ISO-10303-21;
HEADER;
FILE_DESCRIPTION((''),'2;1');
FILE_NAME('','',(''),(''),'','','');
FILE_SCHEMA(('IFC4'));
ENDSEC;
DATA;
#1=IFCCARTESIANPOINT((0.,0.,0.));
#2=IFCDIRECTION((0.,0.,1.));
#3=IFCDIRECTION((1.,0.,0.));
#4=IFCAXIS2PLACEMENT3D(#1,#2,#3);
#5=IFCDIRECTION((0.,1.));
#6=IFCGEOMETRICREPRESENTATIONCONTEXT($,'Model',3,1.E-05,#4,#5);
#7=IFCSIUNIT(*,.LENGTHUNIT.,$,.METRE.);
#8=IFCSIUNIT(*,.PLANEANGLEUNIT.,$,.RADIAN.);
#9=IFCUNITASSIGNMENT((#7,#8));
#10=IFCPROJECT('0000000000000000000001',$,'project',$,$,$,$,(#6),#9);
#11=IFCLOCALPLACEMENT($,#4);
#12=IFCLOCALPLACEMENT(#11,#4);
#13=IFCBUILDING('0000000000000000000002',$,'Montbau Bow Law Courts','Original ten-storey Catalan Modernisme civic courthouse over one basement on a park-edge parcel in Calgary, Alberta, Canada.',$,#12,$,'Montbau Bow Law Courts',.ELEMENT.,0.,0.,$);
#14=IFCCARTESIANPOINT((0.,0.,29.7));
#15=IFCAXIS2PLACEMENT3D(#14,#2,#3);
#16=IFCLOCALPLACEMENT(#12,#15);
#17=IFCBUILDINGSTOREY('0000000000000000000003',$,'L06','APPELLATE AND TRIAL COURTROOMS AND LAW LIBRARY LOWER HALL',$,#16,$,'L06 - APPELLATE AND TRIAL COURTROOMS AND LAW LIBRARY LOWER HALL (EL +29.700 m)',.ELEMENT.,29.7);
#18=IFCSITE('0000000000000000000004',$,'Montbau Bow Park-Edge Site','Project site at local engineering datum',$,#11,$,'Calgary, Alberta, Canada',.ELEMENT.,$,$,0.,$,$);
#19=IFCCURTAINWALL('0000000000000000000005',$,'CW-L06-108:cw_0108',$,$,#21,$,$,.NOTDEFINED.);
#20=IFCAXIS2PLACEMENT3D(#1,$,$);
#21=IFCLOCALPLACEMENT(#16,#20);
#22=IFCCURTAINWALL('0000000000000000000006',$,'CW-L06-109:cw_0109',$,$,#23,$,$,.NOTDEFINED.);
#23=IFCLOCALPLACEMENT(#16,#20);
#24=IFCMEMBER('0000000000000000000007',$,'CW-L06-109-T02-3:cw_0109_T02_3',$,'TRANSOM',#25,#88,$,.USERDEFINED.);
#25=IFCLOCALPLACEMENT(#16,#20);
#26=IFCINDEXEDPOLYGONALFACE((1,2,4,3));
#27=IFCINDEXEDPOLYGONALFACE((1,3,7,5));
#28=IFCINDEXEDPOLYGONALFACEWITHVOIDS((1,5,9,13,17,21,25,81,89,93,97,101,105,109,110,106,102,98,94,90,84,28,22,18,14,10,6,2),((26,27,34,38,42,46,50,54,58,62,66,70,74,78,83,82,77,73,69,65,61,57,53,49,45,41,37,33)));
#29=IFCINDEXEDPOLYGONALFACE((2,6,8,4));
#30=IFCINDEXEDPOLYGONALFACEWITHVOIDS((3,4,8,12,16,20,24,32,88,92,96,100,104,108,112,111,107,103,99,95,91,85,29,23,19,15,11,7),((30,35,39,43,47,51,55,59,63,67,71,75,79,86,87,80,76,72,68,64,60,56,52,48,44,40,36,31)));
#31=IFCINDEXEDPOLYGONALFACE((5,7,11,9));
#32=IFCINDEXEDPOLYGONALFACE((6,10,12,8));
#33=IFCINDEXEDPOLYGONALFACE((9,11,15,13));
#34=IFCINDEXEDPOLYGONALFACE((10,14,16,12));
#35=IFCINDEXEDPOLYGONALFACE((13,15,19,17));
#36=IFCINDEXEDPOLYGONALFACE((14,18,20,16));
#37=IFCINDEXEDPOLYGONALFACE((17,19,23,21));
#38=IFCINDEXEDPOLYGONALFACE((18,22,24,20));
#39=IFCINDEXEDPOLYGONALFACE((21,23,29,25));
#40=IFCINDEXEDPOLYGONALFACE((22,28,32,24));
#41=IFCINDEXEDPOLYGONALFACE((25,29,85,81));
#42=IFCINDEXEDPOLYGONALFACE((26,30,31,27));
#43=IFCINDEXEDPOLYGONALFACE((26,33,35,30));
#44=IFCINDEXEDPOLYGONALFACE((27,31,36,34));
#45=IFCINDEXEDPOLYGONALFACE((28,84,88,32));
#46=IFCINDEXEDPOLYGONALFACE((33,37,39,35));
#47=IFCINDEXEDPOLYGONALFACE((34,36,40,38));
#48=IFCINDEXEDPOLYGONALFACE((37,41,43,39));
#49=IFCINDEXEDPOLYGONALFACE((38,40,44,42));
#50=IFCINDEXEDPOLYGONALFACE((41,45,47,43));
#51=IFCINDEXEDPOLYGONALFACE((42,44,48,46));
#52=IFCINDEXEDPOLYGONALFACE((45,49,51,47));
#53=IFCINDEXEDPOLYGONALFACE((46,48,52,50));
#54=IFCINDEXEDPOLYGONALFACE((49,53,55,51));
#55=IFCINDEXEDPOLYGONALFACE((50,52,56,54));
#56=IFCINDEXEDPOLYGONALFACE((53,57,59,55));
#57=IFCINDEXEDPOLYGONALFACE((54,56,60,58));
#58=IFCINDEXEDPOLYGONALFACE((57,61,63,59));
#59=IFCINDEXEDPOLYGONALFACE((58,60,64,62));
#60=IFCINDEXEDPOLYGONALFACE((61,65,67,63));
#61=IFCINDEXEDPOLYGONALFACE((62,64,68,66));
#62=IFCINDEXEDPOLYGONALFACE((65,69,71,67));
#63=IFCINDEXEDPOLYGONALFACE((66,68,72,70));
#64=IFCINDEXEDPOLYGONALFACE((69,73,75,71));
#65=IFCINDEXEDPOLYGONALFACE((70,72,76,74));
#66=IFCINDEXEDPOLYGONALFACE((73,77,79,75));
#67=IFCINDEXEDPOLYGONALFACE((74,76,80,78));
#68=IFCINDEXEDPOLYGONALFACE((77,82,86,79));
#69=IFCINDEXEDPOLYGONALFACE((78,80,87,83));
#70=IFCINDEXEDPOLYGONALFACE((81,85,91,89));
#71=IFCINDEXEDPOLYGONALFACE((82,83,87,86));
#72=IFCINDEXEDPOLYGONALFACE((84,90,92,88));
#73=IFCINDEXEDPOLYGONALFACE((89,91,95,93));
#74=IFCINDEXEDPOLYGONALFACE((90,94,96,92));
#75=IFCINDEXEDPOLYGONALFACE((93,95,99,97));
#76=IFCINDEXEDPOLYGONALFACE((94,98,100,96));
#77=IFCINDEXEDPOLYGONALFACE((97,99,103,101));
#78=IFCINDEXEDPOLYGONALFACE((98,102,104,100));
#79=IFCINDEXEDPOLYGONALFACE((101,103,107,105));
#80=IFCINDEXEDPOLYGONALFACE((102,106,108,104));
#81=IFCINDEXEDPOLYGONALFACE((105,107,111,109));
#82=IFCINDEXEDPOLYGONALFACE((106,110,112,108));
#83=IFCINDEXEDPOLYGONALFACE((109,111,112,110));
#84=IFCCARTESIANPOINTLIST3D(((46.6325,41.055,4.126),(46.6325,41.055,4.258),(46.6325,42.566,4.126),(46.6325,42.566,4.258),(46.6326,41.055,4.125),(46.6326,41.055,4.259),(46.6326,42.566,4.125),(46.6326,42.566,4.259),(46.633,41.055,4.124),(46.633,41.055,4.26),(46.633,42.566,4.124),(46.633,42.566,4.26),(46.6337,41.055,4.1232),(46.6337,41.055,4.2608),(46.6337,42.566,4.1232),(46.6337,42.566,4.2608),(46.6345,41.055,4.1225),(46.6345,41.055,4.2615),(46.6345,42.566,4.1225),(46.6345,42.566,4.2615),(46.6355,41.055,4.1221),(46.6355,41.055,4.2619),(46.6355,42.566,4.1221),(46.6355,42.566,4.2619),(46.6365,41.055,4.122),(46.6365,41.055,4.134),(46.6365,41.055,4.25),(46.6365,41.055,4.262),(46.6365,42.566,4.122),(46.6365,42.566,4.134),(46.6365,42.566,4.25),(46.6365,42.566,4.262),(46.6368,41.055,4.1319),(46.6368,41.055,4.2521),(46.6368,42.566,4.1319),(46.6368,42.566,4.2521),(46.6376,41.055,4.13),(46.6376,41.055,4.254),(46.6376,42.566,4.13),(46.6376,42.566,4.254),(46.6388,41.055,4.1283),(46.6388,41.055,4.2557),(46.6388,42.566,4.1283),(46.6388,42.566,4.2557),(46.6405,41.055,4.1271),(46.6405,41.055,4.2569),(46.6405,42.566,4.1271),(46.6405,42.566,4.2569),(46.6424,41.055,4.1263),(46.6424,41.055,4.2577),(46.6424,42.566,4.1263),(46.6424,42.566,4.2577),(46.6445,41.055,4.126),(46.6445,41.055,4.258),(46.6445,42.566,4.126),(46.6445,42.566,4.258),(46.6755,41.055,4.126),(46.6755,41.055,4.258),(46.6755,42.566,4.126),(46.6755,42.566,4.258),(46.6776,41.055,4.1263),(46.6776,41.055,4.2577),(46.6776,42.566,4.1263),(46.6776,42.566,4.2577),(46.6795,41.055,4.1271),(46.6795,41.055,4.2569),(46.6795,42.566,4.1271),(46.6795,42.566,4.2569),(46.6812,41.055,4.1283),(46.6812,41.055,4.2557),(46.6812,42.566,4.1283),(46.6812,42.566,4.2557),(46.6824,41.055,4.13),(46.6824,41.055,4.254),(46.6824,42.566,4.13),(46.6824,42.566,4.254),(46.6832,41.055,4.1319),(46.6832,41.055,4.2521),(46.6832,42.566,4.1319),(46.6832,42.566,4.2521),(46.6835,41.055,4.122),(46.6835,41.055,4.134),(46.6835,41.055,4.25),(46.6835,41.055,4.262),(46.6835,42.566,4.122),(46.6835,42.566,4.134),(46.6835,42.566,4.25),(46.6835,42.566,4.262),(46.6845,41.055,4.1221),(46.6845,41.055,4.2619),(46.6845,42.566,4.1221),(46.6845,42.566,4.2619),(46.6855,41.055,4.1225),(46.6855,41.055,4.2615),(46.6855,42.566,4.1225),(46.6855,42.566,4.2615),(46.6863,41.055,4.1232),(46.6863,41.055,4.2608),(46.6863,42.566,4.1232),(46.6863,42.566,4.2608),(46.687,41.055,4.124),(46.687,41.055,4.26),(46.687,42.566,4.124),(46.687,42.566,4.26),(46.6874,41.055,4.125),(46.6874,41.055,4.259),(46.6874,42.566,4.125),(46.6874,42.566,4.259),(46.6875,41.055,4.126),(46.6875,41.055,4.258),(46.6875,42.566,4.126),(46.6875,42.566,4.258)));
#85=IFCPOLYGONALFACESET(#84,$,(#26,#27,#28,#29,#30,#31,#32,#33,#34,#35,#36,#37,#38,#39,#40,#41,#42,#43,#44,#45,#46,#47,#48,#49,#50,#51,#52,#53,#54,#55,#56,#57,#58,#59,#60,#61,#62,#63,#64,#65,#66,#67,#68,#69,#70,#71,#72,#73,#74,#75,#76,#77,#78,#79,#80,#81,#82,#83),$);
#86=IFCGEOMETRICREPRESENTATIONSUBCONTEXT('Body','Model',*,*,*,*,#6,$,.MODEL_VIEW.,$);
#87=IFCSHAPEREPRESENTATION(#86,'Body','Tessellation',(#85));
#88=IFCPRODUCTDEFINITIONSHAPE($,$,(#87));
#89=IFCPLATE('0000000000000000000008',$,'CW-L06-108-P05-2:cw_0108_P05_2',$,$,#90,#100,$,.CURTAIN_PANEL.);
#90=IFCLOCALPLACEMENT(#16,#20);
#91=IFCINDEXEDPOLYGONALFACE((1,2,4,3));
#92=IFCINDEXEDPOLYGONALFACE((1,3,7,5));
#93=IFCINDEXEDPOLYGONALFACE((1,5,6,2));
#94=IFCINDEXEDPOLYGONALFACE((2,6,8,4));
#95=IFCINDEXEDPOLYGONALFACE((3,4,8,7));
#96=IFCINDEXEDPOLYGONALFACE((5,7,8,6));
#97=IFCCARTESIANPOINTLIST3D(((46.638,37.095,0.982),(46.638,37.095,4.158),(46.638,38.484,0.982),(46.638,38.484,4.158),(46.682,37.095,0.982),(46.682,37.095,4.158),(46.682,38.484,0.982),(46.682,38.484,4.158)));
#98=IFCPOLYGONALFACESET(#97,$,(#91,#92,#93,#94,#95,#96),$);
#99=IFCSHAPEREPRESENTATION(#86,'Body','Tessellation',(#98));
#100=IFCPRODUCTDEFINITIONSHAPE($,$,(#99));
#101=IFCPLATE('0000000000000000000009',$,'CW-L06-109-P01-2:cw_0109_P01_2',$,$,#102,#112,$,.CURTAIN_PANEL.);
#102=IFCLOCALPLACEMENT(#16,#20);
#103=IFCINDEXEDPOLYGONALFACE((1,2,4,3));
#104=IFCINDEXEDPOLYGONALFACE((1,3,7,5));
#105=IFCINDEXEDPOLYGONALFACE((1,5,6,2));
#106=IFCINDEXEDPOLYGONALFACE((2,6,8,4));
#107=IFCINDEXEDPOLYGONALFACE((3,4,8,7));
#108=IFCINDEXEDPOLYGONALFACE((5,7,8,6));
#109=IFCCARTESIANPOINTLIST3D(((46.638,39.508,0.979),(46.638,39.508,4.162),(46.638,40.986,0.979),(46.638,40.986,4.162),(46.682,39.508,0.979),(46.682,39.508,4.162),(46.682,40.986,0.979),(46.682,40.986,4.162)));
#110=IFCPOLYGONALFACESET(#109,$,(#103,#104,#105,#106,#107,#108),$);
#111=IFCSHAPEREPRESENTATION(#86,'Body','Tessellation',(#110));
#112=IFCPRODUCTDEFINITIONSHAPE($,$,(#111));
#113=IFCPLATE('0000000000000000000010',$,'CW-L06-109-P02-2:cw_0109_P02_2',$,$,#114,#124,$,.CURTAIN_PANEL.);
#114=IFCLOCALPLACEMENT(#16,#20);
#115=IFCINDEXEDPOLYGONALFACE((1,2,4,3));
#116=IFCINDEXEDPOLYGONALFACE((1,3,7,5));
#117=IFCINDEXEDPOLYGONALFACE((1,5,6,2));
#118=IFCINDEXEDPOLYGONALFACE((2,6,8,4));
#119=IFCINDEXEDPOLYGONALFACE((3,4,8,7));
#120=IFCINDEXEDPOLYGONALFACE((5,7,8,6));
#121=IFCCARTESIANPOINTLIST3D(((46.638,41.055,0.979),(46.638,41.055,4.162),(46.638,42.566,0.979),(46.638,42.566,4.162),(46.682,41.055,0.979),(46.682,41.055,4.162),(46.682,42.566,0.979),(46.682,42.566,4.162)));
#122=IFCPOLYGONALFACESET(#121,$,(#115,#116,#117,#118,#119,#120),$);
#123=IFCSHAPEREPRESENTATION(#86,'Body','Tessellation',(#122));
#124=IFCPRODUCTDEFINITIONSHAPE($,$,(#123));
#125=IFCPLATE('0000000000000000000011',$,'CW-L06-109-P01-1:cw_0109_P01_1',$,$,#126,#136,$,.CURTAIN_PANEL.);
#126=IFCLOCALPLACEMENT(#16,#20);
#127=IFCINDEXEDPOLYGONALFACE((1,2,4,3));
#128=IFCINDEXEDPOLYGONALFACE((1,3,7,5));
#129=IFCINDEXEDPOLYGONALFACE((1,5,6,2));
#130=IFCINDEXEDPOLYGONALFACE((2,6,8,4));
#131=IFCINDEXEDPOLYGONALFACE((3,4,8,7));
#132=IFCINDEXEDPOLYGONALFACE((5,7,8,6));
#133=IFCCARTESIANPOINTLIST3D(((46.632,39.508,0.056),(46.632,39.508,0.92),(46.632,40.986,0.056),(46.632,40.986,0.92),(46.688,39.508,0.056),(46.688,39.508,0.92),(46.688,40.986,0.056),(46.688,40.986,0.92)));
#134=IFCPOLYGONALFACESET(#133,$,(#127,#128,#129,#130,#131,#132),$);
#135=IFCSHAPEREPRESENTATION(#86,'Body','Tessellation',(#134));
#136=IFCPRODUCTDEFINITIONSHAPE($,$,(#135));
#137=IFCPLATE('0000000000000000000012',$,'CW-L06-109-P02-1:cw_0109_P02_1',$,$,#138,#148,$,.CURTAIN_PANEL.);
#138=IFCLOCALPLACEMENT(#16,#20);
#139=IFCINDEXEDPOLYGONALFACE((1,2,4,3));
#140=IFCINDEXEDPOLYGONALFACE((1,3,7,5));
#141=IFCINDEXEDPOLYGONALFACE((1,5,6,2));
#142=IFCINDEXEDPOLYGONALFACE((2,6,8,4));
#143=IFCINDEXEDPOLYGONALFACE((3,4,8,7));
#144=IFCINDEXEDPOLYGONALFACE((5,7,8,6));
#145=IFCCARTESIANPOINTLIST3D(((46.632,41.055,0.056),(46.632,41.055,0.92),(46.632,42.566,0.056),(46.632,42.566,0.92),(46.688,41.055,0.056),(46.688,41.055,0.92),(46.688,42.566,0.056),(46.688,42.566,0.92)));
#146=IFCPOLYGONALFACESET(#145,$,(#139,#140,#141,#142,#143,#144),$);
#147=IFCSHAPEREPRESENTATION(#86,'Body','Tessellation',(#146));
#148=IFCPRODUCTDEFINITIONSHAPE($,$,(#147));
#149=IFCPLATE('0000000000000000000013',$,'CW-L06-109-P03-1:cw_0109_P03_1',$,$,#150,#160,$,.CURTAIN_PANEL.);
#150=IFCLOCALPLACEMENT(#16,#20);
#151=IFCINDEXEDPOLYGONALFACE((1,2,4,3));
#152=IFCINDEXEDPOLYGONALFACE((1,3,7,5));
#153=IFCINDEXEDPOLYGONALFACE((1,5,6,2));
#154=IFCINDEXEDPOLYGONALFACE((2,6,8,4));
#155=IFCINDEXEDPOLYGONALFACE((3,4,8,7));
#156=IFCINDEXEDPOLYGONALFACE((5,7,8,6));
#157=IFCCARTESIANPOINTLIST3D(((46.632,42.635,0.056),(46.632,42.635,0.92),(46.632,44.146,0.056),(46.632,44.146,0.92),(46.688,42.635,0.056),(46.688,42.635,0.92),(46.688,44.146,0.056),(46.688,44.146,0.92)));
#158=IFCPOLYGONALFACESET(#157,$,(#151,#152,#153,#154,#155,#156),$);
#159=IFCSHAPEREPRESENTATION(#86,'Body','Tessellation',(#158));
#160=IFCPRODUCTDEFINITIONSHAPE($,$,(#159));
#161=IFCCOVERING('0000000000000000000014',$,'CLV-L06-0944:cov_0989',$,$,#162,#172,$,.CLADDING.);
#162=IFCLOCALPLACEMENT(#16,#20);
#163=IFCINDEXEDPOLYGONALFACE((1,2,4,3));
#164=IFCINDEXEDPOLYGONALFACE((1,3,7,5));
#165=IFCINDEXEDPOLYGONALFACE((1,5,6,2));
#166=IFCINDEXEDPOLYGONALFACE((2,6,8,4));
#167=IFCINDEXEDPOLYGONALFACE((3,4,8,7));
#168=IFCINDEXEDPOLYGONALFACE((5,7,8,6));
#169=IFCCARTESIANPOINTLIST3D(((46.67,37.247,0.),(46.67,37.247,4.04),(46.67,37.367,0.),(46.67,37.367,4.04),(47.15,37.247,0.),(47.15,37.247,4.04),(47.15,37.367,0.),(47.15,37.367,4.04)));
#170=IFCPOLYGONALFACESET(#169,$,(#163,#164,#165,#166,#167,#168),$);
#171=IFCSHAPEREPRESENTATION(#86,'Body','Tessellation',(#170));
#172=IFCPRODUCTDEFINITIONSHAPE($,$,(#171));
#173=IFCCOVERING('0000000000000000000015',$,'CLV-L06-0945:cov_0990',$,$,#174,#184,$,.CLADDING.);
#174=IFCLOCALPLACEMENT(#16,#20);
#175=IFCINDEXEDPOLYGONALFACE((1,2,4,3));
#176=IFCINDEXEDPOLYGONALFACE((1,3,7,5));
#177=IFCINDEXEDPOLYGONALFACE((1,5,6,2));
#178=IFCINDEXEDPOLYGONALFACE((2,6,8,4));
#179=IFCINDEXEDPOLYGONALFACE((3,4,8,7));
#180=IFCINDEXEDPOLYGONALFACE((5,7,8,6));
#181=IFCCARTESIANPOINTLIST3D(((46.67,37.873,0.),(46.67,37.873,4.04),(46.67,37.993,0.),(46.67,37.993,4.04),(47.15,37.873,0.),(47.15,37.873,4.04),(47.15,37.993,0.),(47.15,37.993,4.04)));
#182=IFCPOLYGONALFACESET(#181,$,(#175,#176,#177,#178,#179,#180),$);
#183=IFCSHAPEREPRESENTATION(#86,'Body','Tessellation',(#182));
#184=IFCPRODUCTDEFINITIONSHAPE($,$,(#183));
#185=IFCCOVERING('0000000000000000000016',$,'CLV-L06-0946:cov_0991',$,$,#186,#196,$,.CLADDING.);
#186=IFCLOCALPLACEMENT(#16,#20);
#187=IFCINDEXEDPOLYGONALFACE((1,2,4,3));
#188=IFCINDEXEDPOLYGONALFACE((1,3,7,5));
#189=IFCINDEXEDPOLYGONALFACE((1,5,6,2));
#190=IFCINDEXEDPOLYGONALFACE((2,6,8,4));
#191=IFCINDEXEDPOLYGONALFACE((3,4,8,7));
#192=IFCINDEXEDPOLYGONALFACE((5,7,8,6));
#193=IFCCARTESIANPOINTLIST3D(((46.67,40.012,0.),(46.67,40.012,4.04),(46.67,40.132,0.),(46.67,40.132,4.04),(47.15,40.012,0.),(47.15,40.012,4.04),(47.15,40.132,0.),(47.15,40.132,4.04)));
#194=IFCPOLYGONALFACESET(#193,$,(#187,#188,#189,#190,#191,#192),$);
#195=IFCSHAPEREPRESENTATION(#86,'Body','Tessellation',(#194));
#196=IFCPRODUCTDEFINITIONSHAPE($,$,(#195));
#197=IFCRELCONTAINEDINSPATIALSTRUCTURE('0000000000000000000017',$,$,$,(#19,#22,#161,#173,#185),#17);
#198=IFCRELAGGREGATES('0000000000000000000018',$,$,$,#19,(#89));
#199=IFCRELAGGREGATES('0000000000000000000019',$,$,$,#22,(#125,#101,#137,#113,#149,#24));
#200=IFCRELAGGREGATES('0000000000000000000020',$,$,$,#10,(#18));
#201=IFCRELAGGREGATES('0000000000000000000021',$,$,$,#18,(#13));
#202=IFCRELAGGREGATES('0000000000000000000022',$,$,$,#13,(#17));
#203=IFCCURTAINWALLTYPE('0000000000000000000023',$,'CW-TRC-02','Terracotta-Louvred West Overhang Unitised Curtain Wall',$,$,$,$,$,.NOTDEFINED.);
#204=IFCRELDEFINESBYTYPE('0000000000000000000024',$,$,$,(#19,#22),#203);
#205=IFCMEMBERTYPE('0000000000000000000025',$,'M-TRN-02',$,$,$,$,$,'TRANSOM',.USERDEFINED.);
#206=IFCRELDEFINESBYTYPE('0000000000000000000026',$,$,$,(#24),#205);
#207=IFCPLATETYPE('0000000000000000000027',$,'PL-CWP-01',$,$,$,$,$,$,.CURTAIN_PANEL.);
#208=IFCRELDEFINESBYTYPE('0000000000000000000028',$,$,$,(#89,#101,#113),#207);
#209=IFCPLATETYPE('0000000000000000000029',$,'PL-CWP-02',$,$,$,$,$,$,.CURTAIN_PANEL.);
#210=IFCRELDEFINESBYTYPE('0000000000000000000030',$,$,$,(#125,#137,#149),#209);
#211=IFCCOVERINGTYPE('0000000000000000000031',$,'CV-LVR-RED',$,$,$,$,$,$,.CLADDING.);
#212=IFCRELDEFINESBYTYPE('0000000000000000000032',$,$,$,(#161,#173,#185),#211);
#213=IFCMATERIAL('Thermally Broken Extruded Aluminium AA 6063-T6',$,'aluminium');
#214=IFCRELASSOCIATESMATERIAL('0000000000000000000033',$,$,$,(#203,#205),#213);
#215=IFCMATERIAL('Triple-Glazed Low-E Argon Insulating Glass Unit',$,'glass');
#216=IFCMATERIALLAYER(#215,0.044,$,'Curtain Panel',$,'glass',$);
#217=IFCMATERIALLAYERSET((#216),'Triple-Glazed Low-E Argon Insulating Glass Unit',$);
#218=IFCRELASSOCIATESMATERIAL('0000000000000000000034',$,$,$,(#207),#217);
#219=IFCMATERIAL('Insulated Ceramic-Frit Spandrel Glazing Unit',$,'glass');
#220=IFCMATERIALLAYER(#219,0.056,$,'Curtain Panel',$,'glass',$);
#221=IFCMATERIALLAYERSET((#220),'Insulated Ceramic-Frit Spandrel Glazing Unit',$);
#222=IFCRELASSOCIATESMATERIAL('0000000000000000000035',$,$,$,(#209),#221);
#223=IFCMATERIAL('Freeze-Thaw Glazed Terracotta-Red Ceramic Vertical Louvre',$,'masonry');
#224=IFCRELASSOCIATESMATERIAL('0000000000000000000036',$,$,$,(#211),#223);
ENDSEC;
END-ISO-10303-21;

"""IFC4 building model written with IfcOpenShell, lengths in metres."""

from ifc_helpers import new_model, si_unit, direction, frame, frame_2d, origin_with_axes, origin_2d_with_axis, place, context, subcontext, project, spatial, rectangle, hollow_rectangle, extrude, material, layer, layer_set, material_profile, profile_set, type_object, element, aggregate, save


model = new_model("IFC4")

# Units and contexts
model_context = context("Model", 3, precision=1e-05, world=origin_with_axes(), true_north=direction((0.0, 1.0)))
body_context = subcontext(model_context, "Body", "Model", "MODEL_VIEW")
ifc_project = project(units=[si_unit("LENGTHUNIT", "METRE"), si_unit("PLANEANGLEUNIT", "RADIAN")], contexts=[model_context])

# Site, building, storey
site_placement = place(None, origin_with_axes())
site = spatial("IfcSite", under=ifc_project, at=site_placement, Name="Montbau Bow Park-Edge Site", Description="Project site at local engineering datum", LongName="Calgary, Alberta, Canada", CompositionType="ELEMENT", RefElevation=0.0)
building_placement = place(site_placement, origin_with_axes())
building = spatial("IfcBuilding", under=site, at=building_placement, Name="Montbau Bow Law Courts", Description="Original ten-storey Catalan Modernisme civic courthouse over one basement on a park-edge parcel in Calgary, Alberta, Canada.", LongName="Montbau Bow Law Courts", CompositionType="ELEMENT", ElevationOfRefHeight=0.0, ElevationOfTerrain=0.0)
storey_placement = place(building_placement, frame((0.0, 0.0, 29.7), z_axis=(0.0, 0.0, 1.0), x_axis=(1.0, 0.0, 0.0)))
storey = spatial("IfcBuildingStorey", under=building, at=storey_placement, Name="L06", Description="APPELLATE AND TRIAL COURTROOMS AND LAW LIBRARY LOWER HALL", LongName="L06 - APPELLATE AND TRIAL COURTROOMS AND LAW LIBRARY LOWER HALL (EL +29.700 m)", CompositionType="ELEMENT", Elevation=29.7)

# Curtain wall
ifc_material_1 = material(Name="Thermally Broken Extruded Aluminium AA 6063-T6", Category="aluminium")
curtain_wall_type = type_object("IfcCurtainWallType", Name="CW-TRC-02", Description="Terracotta-Louvred West Overhang Unitised Curtain Wall", PredefinedType="NOTDEFINED", material=ifc_material_1)
curtain_wall_1_placement = place(None, frame((46.66, 31.04, 29.7), z_axis=(0.0, 0.0, 1.0), x_axis=(1.0, 0.0, 0.0)))
curtain_wall_1 = element("IfcCurtainWall", 1, at=curtain_wall_1_placement, inside=storey, type_object=curtain_wall_type, Name="CW-L06-108:cw_0108", PredefinedType="NOTDEFINED")

# Curtain wall
curtain_wall_2_placement = place(None, frame((46.66, 39.44, 29.7), z_axis=(0.0, 0.0, 1.0), x_axis=(1.0, 0.0, 0.0)))
curtain_wall_2 = element("IfcCurtainWall", 2, at=curtain_wall_2_placement, inside=storey, type_object=curtain_wall_type, Name="CW-L06-109:cw_0109", PredefinedType="NOTDEFINED")

# Member
ifc_material_profile_1 = material_profile(ifc_material_1, hollow_rectangle(XDim=0.055, YDim=0.14, WallThickness=0.004, InnerFilletRadius=0.008, OuterFilletRadius=0.004, at=origin_2d_with_axis()), Name="CWT-140X55", Category="Main", Priority=0)
ifc_profile_set_1 = profile_set([ifc_material_profile_1], Name="Thermally Broken Extruded Aluminium AA 6063-T6")
member_type_1 = type_object("IfcMemberType", Name="M-TRN-02", ElementType="TRANSOM", PredefinedType="USERDEFINED", material=ifc_profile_set_1)
member_1_placement = place(None, frame((46.66, 41.055, 33.892), z_axis=(0.0, 1.0, 0.0), x_axis=(-1.0, 0.0, 0.0)))
member_1 = element("IfcMember", 3, at=member_1_placement, type_object=member_type_1, Name="CW-L06-109-T02-3:cw_0109_T02_3", ObjectType="TRANSOM", PredefinedType="USERDEFINED", context=body_context, shape_type="SweptSolid", body=[
    extrude(hollow_rectangle(XDim=0.055, YDim=0.14, WallThickness=0.004, InnerFilletRadius=0.008, OuterFilletRadius=0.004, at=origin_2d_with_axis()), origin_with_axes(), (0.0, 0.0, 1.0), 1.511),
])

# Plates
ifc_material_2 = material(Name="Triple-Glazed Low-E Argon Insulating Glass Unit", Category="glass")
ifc_layer_1 = layer(ifc_material_2, 0.044, Name="Curtain Panel", Category="glass")
ifc_layer_set_1 = layer_set([ifc_layer_1], Name="Triple-Glazed Low-E Argon Insulating Glass Unit")
plate_type_1 = type_object("IfcPlateType", Name="PL-CWP-01", PredefinedType="CURTAIN_PANEL", material=ifc_layer_set_1)
plate_1_placement = place(None, frame((46.66, 37.095, 30.682), z_axis=(1.0, 0.0, 0.0), x_axis=(0.0, 1.0, 0.0)))
plate_1 = element("IfcPlate", 4, at=plate_1_placement, type_object=plate_type_1, Name="CW-L06-108-P05-2:cw_0108_P05_2", PredefinedType="CURTAIN_PANEL", context=body_context, shape_type="SweptSolid", body=[
    extrude(rectangle(XDim=1.389, YDim=3.176, at=frame_2d((0.6945, 1.588), x_axis=(1.0, 0.0))), frame((0.0, 0.0, -0.022), z_axis=(0.0, 0.0, 1.0), x_axis=(1.0, 0.0, 0.0)), (0.0, 0.0, 1.0), 0.044),
])
aggregate(curtain_wall_1, [plate_1])
plate_2_placement = place(None, frame((46.66, 39.508, 30.679), z_axis=(1.0, 0.0, 0.0), x_axis=(0.0, 1.0, 0.0)))
plate_2 = element("IfcPlate", 5, at=plate_2_placement, type_object=plate_type_1, Name="CW-L06-109-P01-2:cw_0109_P01_2", PredefinedType="CURTAIN_PANEL", context=body_context, shape_type="SweptSolid", body=[
    extrude(rectangle(XDim=1.478, YDim=3.183, at=frame_2d((0.739, 1.5915), x_axis=(1.0, 0.0))), frame((0.0, 0.0, -0.022), z_axis=(0.0, 0.0, 1.0), x_axis=(1.0, 0.0, 0.0)), (0.0, 0.0, 1.0), 0.044),
])
plate_3_placement = place(None, frame((46.66, 41.055, 30.679), z_axis=(1.0, 0.0, 0.0), x_axis=(0.0, 1.0, 0.0)))
plate_3 = element("IfcPlate", 6, at=plate_3_placement, type_object=plate_type_1, Name="CW-L06-109-P02-2:cw_0109_P02_2", PredefinedType="CURTAIN_PANEL", context=body_context, shape_type="SweptSolid", body=[
    extrude(rectangle(XDim=1.511, YDim=3.183, at=frame_2d((0.7555, 1.5915), x_axis=(1.0, 0.0))), frame((0.0, 0.0, -0.022), z_axis=(0.0, 0.0, 1.0), x_axis=(1.0, 0.0, 0.0)), (0.0, 0.0, 1.0), 0.044),
])
ifc_material_3 = material(Name="Insulated Ceramic-Frit Spandrel Glazing Unit", Category="glass")
ifc_layer_2 = layer(ifc_material_3, 0.056, Name="Curtain Panel", Category="glass")
ifc_layer_set_2 = layer_set([ifc_layer_2], Name="Insulated Ceramic-Frit Spandrel Glazing Unit")
plate_type_2 = type_object("IfcPlateType", Name="PL-CWP-02", PredefinedType="CURTAIN_PANEL", material=ifc_layer_set_2)
plate_4_placement = place(None, frame((46.66, 39.508, 29.756), z_axis=(1.0, 0.0, 0.0), x_axis=(0.0, 1.0, 0.0)))
plate_4 = element("IfcPlate", 7, at=plate_4_placement, type_object=plate_type_2, Name="CW-L06-109-P01-1:cw_0109_P01_1", PredefinedType="CURTAIN_PANEL", context=body_context, shape_type="SweptSolid", body=[
    extrude(rectangle(XDim=1.478, YDim=0.864, at=frame_2d((0.739, 0.432), x_axis=(1.0, 0.0))), frame((0.0, 0.0, -0.028), z_axis=(0.0, 0.0, 1.0), x_axis=(1.0, 0.0, 0.0)), (0.0, 0.0, 1.0), 0.056),
])
plate_5_placement = place(None, frame((46.66, 41.055, 29.756), z_axis=(1.0, 0.0, 0.0), x_axis=(0.0, 1.0, 0.0)))
plate_5 = element("IfcPlate", 8, at=plate_5_placement, type_object=plate_type_2, Name="CW-L06-109-P02-1:cw_0109_P02_1", PredefinedType="CURTAIN_PANEL", context=body_context, shape_type="SweptSolid", body=[
    extrude(rectangle(XDim=1.511, YDim=0.864, at=frame_2d((0.7555, 0.432), x_axis=(1.0, 0.0))), frame((0.0, 0.0, -0.028), z_axis=(0.0, 0.0, 1.0), x_axis=(1.0, 0.0, 0.0)), (0.0, 0.0, 1.0), 0.056),
])
plate_6_placement = place(None, frame((46.66, 42.635, 29.756), z_axis=(1.0, 0.0, 0.0), x_axis=(0.0, 1.0, 0.0)))
plate_6 = element("IfcPlate", 9, at=plate_6_placement, type_object=plate_type_2, Name="CW-L06-109-P03-1:cw_0109_P03_1", PredefinedType="CURTAIN_PANEL", context=body_context, shape_type="SweptSolid", body=[
    extrude(rectangle(XDim=1.511, YDim=0.864, at=frame_2d((0.7555, 0.432), x_axis=(1.0, 0.0))), frame((0.0, 0.0, -0.028), z_axis=(0.0, 0.0, 1.0), x_axis=(1.0, 0.0, 0.0)), (0.0, 0.0, 1.0), 0.056),
])
aggregate(curtain_wall_2, [plate_4, plate_2, plate_5, plate_3, plate_6, member_1])

# Coverings
ifc_material_4 = material(Name="Freeze-Thaw Glazed Terracotta-Red Ceramic Vertical Louvre", Category="masonry")
covering_type = type_object("IfcCoveringType", Name="CV-LVR-RED", PredefinedType="CLADDING", material=ifc_material_4)
for number, where, z_axis, x_axis, name in (
    (10, (46.67, 37.307, 29.7), (0.0, -1.0, 0.0), (1.0, 0.0, 0.0), "CLV-L06-0944:cov_0989"),
    (11, (46.67, 37.933, 29.7), (0.0, -1.0, 0.0), (1.0, 0.0, 0.0), "CLV-L06-0945:cov_0990"),
    (12, (46.67, 40.072, 29.7), (0.0, -1.0, 0.0), (1.0, 0.0, 0.0), "CLV-L06-0946:cov_0991"),
):
    element("IfcCovering", number, at=place(None, frame(where, z_axis=z_axis, x_axis=x_axis)), inside=storey, type_object=covering_type, Name=name, PredefinedType="CLADDING", context=body_context, shape_type="SweptSolid", body=[
        extrude(rectangle(XDim=0.48, YDim=4.04, at=frame_2d((0.24, 2.02), x_axis=(1.0, 0.0))), frame((0.0, 0.0, -0.06), z_axis=(0.0, 0.0, 1.0), x_axis=(1.0, 0.0, 0.0)), (0.0, 0.0, 1.0), 0.12),
    ])

save(model, "model.ifc")
